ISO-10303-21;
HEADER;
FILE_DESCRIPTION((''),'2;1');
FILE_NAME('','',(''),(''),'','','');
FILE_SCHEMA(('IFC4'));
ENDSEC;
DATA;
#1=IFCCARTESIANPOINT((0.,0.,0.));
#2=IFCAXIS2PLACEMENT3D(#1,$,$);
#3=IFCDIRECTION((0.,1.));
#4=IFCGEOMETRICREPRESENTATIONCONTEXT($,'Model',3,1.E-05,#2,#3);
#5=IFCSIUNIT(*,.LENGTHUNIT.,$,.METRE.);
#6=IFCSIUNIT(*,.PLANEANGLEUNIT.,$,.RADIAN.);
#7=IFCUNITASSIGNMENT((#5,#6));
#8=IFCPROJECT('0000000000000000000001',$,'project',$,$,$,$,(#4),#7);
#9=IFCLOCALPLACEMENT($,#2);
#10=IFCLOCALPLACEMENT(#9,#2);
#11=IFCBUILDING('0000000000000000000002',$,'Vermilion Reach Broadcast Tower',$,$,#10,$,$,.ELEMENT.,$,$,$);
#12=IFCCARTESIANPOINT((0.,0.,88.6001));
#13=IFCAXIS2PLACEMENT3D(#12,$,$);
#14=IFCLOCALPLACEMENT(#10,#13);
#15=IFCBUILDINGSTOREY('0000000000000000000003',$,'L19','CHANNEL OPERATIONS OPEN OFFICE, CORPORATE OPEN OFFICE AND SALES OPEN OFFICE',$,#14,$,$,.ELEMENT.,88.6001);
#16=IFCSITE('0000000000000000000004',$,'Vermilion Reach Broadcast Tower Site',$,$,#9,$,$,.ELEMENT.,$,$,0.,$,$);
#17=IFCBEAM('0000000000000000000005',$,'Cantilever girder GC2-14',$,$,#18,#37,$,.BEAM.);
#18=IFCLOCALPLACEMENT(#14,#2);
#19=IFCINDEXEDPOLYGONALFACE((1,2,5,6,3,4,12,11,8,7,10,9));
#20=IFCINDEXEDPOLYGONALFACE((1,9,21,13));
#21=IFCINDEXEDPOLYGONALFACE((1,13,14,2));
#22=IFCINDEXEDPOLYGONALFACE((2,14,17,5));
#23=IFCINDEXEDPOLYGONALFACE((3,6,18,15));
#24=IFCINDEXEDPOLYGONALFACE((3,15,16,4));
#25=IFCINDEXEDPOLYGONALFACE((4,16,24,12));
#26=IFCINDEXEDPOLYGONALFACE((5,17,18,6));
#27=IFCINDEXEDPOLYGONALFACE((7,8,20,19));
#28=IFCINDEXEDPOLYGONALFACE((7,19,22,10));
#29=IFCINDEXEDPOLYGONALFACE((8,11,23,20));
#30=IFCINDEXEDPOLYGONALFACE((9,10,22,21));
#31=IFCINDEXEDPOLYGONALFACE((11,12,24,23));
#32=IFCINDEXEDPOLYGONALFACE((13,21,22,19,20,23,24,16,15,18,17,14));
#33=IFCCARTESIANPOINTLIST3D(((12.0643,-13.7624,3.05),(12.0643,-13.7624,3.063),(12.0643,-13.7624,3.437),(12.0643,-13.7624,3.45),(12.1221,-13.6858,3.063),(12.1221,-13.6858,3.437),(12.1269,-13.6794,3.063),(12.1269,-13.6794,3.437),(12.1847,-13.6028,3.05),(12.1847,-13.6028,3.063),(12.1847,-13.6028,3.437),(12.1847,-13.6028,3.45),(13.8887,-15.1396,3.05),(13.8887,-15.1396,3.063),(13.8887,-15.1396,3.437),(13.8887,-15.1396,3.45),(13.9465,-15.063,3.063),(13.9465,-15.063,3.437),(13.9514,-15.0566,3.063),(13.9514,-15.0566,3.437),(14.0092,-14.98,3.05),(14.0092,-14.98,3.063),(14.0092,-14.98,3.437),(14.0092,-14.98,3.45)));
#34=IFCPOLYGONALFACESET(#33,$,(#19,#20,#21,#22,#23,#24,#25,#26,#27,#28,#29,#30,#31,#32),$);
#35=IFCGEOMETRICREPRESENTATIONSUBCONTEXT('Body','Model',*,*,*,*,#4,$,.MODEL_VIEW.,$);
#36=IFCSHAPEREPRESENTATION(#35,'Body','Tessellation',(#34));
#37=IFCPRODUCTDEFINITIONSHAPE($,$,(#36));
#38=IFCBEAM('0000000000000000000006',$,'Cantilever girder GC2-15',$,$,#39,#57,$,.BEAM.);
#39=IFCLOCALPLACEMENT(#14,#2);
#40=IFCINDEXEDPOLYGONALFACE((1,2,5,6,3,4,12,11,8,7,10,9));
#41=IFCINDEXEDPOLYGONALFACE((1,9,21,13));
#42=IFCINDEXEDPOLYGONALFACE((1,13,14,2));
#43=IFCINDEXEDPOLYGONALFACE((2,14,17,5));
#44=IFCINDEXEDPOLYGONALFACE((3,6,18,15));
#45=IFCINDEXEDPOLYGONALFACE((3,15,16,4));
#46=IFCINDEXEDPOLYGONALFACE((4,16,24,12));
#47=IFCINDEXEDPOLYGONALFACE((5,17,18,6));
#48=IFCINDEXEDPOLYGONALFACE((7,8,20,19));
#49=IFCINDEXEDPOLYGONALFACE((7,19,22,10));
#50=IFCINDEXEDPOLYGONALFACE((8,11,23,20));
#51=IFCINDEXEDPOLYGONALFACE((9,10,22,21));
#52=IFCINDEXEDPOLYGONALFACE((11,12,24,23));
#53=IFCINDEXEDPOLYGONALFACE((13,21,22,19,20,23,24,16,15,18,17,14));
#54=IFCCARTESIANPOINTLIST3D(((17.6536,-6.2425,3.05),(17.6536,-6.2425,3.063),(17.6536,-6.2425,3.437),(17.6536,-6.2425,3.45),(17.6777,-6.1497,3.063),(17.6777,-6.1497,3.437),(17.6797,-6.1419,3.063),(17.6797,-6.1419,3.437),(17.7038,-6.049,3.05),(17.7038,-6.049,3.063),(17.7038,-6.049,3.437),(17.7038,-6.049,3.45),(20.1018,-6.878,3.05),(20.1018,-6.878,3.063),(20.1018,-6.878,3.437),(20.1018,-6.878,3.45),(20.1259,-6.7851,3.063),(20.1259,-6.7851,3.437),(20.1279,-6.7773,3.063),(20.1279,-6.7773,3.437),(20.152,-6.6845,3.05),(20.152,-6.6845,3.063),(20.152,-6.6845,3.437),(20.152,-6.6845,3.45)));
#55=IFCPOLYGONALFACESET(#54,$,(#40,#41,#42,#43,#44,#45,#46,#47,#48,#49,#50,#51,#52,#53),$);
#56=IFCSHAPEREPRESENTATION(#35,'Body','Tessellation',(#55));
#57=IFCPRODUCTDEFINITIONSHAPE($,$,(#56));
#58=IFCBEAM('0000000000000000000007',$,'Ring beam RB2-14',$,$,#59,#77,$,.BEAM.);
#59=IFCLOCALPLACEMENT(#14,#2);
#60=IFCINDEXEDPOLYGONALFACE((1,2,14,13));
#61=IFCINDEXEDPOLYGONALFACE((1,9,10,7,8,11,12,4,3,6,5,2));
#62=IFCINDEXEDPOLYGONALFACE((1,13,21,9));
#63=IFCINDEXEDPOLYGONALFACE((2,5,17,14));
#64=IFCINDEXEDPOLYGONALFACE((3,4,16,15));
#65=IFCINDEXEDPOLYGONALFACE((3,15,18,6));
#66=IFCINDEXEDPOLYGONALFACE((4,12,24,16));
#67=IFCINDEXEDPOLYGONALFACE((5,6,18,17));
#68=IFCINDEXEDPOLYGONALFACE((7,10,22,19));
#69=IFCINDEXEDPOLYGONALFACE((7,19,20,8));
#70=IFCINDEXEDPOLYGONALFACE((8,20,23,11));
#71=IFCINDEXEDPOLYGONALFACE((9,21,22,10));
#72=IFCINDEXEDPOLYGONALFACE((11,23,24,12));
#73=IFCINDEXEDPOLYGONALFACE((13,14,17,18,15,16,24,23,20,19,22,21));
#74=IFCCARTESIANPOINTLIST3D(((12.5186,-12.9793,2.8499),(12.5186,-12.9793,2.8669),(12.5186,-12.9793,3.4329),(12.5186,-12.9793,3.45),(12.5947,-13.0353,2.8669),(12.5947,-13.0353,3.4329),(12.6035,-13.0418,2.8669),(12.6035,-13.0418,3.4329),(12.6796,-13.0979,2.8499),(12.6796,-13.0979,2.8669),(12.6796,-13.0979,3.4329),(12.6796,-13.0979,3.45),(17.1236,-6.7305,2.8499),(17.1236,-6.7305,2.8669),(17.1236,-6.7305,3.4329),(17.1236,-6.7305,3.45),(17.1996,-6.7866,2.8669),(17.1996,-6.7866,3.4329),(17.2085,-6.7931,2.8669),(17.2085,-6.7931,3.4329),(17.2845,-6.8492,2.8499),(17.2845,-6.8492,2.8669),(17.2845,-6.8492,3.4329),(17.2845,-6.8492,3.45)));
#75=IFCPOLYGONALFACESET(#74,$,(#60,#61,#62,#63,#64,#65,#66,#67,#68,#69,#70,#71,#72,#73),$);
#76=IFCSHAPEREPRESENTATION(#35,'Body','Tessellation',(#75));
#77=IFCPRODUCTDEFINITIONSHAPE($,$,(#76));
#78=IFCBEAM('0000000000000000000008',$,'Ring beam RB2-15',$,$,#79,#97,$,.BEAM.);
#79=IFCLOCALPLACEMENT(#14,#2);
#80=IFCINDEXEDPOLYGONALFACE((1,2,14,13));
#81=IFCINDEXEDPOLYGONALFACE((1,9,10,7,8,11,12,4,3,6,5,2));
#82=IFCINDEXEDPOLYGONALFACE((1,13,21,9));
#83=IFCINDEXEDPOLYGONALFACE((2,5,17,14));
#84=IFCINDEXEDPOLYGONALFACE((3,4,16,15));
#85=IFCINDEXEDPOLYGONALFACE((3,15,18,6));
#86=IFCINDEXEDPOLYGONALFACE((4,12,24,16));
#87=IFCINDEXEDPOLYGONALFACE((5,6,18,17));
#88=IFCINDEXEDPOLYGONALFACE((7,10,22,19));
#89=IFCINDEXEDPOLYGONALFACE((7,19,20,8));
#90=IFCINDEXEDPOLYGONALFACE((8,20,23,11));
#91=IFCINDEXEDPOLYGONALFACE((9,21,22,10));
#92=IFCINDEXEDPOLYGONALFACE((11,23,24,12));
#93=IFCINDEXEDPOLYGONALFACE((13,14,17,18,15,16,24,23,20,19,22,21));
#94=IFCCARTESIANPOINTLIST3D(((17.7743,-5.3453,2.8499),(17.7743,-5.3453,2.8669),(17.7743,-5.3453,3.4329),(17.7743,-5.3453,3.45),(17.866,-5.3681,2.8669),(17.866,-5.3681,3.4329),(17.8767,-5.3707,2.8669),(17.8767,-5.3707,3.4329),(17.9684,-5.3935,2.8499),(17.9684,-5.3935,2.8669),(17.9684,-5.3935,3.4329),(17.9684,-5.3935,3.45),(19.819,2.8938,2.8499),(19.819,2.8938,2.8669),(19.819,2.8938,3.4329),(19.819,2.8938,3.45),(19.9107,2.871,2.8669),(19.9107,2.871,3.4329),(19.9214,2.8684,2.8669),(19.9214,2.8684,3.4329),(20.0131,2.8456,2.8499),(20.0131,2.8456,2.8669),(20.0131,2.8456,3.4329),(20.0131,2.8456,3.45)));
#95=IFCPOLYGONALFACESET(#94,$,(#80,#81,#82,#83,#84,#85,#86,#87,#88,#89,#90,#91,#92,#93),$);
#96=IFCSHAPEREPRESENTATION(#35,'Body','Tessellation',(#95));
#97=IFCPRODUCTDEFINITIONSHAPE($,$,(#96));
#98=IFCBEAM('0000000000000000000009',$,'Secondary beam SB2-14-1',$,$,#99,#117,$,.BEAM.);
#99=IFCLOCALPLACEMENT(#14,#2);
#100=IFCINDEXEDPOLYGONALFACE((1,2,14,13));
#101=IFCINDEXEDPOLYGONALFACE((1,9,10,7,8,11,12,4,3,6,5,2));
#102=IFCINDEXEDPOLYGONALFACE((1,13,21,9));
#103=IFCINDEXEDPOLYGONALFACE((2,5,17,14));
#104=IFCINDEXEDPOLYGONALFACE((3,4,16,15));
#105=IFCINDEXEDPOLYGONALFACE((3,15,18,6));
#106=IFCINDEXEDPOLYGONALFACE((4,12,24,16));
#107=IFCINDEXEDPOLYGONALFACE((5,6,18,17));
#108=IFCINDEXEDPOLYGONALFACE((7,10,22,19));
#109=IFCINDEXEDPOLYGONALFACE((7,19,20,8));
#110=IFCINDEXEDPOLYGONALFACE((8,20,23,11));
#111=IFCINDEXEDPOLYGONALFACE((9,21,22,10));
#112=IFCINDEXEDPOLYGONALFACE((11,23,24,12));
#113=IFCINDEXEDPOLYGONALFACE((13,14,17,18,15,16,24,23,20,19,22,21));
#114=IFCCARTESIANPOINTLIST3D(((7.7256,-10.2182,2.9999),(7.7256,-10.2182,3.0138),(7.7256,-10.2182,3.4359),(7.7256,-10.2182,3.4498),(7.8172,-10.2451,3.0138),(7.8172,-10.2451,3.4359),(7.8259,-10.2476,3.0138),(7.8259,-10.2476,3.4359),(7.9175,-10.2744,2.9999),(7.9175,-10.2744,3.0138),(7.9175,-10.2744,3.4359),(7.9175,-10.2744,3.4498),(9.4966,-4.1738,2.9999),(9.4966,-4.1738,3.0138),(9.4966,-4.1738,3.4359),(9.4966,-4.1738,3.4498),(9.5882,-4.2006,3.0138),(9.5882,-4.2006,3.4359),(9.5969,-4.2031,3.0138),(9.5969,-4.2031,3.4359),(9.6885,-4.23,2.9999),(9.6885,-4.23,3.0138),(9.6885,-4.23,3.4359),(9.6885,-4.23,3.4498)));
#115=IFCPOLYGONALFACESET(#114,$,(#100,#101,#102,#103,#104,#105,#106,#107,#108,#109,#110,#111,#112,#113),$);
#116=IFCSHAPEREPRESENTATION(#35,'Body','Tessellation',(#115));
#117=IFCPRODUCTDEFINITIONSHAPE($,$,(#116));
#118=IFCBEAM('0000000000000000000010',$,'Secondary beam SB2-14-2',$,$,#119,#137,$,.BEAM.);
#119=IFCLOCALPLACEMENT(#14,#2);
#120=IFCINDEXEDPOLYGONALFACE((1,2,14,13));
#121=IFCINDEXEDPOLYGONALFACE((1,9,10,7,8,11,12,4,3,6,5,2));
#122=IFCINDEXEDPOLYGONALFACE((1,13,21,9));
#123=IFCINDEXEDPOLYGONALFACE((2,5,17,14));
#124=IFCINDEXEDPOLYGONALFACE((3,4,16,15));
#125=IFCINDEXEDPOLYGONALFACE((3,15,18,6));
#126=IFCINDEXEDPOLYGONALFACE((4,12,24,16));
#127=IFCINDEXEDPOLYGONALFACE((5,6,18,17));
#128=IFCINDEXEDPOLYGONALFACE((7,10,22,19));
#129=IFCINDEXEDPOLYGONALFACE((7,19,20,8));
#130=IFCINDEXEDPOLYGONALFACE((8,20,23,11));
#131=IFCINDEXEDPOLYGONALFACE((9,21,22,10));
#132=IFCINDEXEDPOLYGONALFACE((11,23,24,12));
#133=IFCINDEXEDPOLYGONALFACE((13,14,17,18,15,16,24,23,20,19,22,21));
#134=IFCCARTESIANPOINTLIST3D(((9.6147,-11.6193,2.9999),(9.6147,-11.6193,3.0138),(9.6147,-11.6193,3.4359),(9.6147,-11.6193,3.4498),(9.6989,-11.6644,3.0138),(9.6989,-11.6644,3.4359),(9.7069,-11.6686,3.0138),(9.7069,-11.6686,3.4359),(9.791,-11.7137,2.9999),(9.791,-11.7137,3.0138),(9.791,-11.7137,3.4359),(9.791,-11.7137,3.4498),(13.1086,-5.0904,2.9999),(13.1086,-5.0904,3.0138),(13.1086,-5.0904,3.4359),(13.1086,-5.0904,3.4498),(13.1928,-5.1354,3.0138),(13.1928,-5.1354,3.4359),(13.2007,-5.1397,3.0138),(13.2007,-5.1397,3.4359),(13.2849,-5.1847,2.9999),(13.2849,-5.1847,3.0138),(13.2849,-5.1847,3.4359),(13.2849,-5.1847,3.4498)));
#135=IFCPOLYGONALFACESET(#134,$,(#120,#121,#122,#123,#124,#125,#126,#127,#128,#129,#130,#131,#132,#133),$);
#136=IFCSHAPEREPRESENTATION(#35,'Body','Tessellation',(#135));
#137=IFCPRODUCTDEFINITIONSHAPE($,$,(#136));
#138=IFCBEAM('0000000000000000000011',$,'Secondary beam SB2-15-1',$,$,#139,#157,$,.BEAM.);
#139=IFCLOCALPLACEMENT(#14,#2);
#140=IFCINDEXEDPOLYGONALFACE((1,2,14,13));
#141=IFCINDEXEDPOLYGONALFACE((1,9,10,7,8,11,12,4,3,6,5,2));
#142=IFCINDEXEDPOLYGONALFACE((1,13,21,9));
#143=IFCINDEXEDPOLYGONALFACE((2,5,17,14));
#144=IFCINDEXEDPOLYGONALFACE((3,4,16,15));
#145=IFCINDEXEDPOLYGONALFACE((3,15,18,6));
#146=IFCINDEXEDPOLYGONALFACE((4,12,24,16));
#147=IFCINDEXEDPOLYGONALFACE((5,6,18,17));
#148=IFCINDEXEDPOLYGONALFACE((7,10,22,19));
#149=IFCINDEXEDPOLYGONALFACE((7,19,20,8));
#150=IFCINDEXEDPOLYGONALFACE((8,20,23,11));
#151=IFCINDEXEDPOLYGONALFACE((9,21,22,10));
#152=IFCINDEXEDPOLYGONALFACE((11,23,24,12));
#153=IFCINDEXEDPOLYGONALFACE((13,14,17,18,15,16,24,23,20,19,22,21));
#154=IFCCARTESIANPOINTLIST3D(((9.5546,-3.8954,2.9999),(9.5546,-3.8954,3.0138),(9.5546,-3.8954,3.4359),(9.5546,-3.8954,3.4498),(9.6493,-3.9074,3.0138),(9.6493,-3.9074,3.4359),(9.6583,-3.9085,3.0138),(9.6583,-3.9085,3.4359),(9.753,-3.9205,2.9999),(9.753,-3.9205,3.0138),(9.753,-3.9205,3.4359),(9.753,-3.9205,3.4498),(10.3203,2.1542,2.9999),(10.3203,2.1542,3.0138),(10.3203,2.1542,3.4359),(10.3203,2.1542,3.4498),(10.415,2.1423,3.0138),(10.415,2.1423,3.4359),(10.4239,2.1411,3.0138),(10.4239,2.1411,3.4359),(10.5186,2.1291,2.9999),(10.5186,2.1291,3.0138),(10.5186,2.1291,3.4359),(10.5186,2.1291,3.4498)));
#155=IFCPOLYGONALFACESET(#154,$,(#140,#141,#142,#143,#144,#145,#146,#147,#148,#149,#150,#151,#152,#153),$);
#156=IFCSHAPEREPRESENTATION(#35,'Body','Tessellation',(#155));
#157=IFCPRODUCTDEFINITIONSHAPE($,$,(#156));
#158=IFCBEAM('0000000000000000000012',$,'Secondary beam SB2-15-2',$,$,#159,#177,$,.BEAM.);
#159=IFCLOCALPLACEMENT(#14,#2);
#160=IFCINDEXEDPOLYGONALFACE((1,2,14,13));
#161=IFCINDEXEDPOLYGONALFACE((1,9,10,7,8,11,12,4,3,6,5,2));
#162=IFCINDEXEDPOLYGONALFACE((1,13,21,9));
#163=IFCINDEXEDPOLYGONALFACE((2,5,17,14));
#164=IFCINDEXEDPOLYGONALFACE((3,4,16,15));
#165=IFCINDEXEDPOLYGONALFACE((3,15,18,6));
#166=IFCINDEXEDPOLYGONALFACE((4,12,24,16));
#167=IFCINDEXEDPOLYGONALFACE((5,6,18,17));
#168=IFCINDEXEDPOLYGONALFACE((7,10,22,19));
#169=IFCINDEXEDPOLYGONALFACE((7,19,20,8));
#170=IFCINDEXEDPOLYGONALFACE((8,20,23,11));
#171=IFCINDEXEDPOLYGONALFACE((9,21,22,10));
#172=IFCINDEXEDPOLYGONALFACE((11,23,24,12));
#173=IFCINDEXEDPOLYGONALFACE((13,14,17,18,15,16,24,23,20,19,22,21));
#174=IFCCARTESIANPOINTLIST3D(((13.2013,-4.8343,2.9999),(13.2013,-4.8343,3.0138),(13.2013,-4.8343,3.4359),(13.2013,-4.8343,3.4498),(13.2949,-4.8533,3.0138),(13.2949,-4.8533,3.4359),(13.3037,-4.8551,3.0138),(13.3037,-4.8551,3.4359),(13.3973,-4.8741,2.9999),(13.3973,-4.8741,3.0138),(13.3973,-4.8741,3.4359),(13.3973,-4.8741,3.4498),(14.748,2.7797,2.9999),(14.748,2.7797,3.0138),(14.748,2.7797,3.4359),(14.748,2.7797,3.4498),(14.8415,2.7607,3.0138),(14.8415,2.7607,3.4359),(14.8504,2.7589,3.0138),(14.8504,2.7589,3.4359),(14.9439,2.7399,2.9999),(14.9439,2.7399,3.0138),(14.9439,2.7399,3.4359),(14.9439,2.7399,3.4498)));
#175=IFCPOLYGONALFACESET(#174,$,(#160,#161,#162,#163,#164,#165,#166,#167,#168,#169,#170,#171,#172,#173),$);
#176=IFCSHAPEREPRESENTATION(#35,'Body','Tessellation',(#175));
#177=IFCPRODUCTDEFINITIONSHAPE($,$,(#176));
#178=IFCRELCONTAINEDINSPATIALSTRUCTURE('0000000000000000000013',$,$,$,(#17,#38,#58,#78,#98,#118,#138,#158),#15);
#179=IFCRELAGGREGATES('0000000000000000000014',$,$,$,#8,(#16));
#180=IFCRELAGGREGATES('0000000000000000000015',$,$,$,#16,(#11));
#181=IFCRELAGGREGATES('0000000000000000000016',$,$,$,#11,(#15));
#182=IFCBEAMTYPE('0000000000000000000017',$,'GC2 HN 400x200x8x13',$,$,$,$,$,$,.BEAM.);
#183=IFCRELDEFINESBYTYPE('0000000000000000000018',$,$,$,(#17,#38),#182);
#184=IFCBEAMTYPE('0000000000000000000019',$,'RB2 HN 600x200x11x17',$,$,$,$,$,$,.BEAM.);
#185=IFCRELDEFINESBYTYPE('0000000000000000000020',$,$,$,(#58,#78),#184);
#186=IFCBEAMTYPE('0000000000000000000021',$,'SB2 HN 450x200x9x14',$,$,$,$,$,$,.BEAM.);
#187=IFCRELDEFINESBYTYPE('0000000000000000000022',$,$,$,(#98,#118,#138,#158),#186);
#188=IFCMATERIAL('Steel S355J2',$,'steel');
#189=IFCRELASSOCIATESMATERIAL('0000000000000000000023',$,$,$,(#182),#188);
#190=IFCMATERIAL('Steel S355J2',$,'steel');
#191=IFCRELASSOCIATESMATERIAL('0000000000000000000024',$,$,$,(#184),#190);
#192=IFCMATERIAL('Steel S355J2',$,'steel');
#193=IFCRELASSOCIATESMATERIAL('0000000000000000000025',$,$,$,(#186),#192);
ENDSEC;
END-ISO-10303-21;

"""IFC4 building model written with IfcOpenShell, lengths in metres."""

from ifc_helpers import new_model, si_unit, direction, frame, origin, origin_2d, place, context, subcontext, project, spatial, i_section, extrude, material, material_profile, profile_set, type_object, element, save


model = new_model("IFC4")

# Units and contexts
model_context = context("Model", 3, precision=1e-05, world=origin(), true_north=direction((0.0, 1.0)))
body_context = subcontext(model_context, "Body", "Model", "MODEL_VIEW")
ifc_project = project(units=[si_unit("LENGTHUNIT", "METRE"), si_unit("PLANEANGLEUNIT", "RADIAN")], contexts=[model_context])

# Site, building, storey
site_placement = place(None, origin())
site = spatial("IfcSite", under=ifc_project, at=site_placement, Name="Vermilion Reach Broadcast Tower Site", CompositionType="ELEMENT", RefElevation=0.0)
building_placement = place(site_placement, origin())
building = spatial("IfcBuilding", under=site, at=building_placement, Name="Vermilion Reach Broadcast Tower", CompositionType="ELEMENT")
storey_placement = place(building_placement, frame((0.0, 0.0, 88.6001)))
storey = spatial("IfcBuildingStorey", under=building, at=storey_placement, Name="L19", Description="CHANNEL OPERATIONS OPEN OFFICE, CORPORATE OPEN OFFICE AND SALES OPEN OFFICE", CompositionType="ELEMENT", Elevation=88.6001)

# Beams
ifc_material_1 = material(Name="Steel S355J2", Category="steel")
ifc_material_profile_1 = material_profile(ifc_material_1, i_section(OverallWidth=0.2, OverallDepth=0.3999, WebThickness=0.0081, FlangeThickness=0.0129, at=origin_2d()), Name="S355J2 HN 400x200x8x13")
ifc_profile_set_1 = profile_set([ifc_material_profile_1], Name="Steel S355J2")
beam_type_1 = type_object("IfcBeamType", Name="GC2 HN 400x200x8x13", PredefinedType="BEAM", material=ifc_profile_set_1)
beam_1_placement = place(storey_placement, frame((12.1245, -13.6826, 3.25), z_axis=(0.798138, -0.602475, 0.0), x_axis=(0.602475, 0.798138, 0.0)))
element("IfcBeam", 1, at=beam_1_placement, inside=storey, type_object=beam_type_1, Name="Cantilever girder GC2-14", PredefinedType="BEAM", context=body_context, shape_type="SweptSolid", body=[
    extrude(i_section(OverallWidth=0.2, OverallDepth=0.3999, WebThickness=0.0081, FlangeThickness=0.0129, at=origin_2d()), origin(), (0.0, 0.0, 1.0), 2.2859),
])
beam_2_placement = place(storey_placement, frame((17.6787, -6.1458, 3.25), z_axis=(0.967923, -0.251247, 0.0), x_axis=(0.251247, 0.967923, 0.0)))
element("IfcBeam", 2, at=beam_2_placement, inside=storey, type_object=beam_type_1, Name="Cantilever girder GC2-15", PredefinedType="BEAM", context=body_context, shape_type="SweptSolid", body=[
    extrude(i_section(OverallWidth=0.2, OverallDepth=0.3999, WebThickness=0.0081, FlangeThickness=0.0129, at=origin_2d()), origin(), (0.0, 0.0, 1.0), 2.5293),
])
ifc_material_2 = material(Name="Steel S355J2", Category="steel")
ifc_material_profile_2 = material_profile(ifc_material_2, i_section(OverallWidth=0.2, OverallDepth=0.6001, WebThickness=0.011, FlangeThickness=0.0171, at=origin_2d()), Name="S355J2 HN 600x200x11x17")
ifc_profile_set_2 = profile_set([ifc_material_profile_2], Name="Steel S355J2")
beam_type_2 = type_object("IfcBeamType", Name="RB2 HN 600x200x11x17", PredefinedType="BEAM", material=ifc_profile_set_2)
beam_3_placement = place(storey_placement, frame((12.5991, -13.0386, 3.1499), z_axis=(0.593251, 0.805018, 0.0), x_axis=(-0.805018, 0.593251, 0.0)))
element("IfcBeam", 3, at=beam_3_placement, inside=storey, type_object=beam_type_2, Name="Ring beam RB2-14", PredefinedType="BEAM", context=body_context, shape_type="SweptSolid", body=[
    extrude(i_section(OverallWidth=0.2, OverallDepth=0.6001, WebThickness=0.011, FlangeThickness=0.0171, at=origin_2d()), origin(), (0.0, 0.0, 1.0), 7.7622),
])
beam_4_placement = place(storey_placement, frame((17.8713, -5.3694, 3.1499), z_axis=(0.240864, 0.970559, 0.0), x_axis=(-0.970559, 0.240864, 0.0)))
element("IfcBeam", 4, at=beam_4_placement, inside=storey, type_object=beam_type_2, Name="Ring beam RB2-15", PredefinedType="BEAM", context=body_context, shape_type="SweptSolid", body=[
    extrude(i_section(OverallWidth=0.2, OverallDepth=0.6001, WebThickness=0.011, FlangeThickness=0.0171, at=origin_2d()), origin(), (0.0, 0.0, 1.0), 8.489),
])
ifc_material_3 = material(Name="Steel S355J2", Category="steel")
ifc_material_profile_3 = material_profile(ifc_material_3, i_section(OverallWidth=0.2, OverallDepth=0.45, WebThickness=0.009, FlangeThickness=0.0139, at=origin_2d()), Name="S355J2 HN 450x200x9x14")
ifc_profile_set_3 = profile_set([ifc_material_profile_3], Name="Steel S355J2")
beam_type_3 = type_object("IfcBeamType", Name="SB2 HN 450x200x9x14", PredefinedType="BEAM", material=ifc_profile_set_3)
beam_5_placement = place(storey_placement, frame((7.8215, -10.2463, 3.2249), z_axis=(0.281176, 0.959656, 0.0), x_axis=(-0.959656, 0.281176, 0.0)))
element("IfcBeam", 5, at=beam_5_placement, inside=storey, type_object=beam_type_3, Name="Secondary beam SB2-14-1", PredefinedType="BEAM", context=body_context, shape_type="SweptSolid", body=[
    extrude(i_section(OverallWidth=0.2, OverallDepth=0.45, WebThickness=0.009, FlangeThickness=0.0139, at=origin_2d()), origin(), (0.0, 0.0, 1.0), 6.2986),
])
beam_6_placement = place(storey_placement, frame((9.7029, -11.6665, 3.2249), z_axis=(0.471822, 0.881694, 0.0), x_axis=(-0.881694, 0.471822, 0.0)))
element("IfcBeam", 6, at=beam_6_placement, inside=storey, type_object=beam_type_3, Name="Secondary beam SB2-14-2", PredefinedType="BEAM", context=body_context, shape_type="SweptSolid", body=[
    extrude(i_section(OverallWidth=0.2, OverallDepth=0.45, WebThickness=0.009, FlangeThickness=0.0139, at=origin_2d()), origin(), (0.0, 0.0, 1.0), 7.405),
])
beam_7_placement = place(storey_placement, frame((9.6538, -3.908, 3.2249), z_axis=(0.125557, 0.992086, 0.0), x_axis=(-0.992086, 0.125557, 0.0)))
element("IfcBeam", 7, at=beam_7_placement, inside=storey, type_object=beam_type_3, Name="Secondary beam SB2-15-1", PredefinedType="BEAM", context=body_context, shape_type="SweptSolid", body=[
    extrude(i_section(OverallWidth=0.2, OverallDepth=0.45, WebThickness=0.009, FlangeThickness=0.0139, at=origin_2d()), origin(), (0.0, 0.0, 1.0), 6.0979),
])
beam_8_placement = place(storey_placement, frame((13.2993, -4.8542, 3.2249), z_axis=(0.199064, 0.979986, 0.0), x_axis=(-0.979986, 0.199064, 0.0)))
element("IfcBeam", 8, at=beam_8_placement, inside=storey, type_object=beam_type_3, Name="Secondary beam SB2-15-2", PredefinedType="BEAM", context=body_context, shape_type="SweptSolid", body=[
    extrude(i_section(OverallWidth=0.2, OverallDepth=0.45, WebThickness=0.009, FlangeThickness=0.0139, at=origin_2d()), origin(), (0.0, 0.0, 1.0), 7.7695),
])

save(model, "model.ifc")
